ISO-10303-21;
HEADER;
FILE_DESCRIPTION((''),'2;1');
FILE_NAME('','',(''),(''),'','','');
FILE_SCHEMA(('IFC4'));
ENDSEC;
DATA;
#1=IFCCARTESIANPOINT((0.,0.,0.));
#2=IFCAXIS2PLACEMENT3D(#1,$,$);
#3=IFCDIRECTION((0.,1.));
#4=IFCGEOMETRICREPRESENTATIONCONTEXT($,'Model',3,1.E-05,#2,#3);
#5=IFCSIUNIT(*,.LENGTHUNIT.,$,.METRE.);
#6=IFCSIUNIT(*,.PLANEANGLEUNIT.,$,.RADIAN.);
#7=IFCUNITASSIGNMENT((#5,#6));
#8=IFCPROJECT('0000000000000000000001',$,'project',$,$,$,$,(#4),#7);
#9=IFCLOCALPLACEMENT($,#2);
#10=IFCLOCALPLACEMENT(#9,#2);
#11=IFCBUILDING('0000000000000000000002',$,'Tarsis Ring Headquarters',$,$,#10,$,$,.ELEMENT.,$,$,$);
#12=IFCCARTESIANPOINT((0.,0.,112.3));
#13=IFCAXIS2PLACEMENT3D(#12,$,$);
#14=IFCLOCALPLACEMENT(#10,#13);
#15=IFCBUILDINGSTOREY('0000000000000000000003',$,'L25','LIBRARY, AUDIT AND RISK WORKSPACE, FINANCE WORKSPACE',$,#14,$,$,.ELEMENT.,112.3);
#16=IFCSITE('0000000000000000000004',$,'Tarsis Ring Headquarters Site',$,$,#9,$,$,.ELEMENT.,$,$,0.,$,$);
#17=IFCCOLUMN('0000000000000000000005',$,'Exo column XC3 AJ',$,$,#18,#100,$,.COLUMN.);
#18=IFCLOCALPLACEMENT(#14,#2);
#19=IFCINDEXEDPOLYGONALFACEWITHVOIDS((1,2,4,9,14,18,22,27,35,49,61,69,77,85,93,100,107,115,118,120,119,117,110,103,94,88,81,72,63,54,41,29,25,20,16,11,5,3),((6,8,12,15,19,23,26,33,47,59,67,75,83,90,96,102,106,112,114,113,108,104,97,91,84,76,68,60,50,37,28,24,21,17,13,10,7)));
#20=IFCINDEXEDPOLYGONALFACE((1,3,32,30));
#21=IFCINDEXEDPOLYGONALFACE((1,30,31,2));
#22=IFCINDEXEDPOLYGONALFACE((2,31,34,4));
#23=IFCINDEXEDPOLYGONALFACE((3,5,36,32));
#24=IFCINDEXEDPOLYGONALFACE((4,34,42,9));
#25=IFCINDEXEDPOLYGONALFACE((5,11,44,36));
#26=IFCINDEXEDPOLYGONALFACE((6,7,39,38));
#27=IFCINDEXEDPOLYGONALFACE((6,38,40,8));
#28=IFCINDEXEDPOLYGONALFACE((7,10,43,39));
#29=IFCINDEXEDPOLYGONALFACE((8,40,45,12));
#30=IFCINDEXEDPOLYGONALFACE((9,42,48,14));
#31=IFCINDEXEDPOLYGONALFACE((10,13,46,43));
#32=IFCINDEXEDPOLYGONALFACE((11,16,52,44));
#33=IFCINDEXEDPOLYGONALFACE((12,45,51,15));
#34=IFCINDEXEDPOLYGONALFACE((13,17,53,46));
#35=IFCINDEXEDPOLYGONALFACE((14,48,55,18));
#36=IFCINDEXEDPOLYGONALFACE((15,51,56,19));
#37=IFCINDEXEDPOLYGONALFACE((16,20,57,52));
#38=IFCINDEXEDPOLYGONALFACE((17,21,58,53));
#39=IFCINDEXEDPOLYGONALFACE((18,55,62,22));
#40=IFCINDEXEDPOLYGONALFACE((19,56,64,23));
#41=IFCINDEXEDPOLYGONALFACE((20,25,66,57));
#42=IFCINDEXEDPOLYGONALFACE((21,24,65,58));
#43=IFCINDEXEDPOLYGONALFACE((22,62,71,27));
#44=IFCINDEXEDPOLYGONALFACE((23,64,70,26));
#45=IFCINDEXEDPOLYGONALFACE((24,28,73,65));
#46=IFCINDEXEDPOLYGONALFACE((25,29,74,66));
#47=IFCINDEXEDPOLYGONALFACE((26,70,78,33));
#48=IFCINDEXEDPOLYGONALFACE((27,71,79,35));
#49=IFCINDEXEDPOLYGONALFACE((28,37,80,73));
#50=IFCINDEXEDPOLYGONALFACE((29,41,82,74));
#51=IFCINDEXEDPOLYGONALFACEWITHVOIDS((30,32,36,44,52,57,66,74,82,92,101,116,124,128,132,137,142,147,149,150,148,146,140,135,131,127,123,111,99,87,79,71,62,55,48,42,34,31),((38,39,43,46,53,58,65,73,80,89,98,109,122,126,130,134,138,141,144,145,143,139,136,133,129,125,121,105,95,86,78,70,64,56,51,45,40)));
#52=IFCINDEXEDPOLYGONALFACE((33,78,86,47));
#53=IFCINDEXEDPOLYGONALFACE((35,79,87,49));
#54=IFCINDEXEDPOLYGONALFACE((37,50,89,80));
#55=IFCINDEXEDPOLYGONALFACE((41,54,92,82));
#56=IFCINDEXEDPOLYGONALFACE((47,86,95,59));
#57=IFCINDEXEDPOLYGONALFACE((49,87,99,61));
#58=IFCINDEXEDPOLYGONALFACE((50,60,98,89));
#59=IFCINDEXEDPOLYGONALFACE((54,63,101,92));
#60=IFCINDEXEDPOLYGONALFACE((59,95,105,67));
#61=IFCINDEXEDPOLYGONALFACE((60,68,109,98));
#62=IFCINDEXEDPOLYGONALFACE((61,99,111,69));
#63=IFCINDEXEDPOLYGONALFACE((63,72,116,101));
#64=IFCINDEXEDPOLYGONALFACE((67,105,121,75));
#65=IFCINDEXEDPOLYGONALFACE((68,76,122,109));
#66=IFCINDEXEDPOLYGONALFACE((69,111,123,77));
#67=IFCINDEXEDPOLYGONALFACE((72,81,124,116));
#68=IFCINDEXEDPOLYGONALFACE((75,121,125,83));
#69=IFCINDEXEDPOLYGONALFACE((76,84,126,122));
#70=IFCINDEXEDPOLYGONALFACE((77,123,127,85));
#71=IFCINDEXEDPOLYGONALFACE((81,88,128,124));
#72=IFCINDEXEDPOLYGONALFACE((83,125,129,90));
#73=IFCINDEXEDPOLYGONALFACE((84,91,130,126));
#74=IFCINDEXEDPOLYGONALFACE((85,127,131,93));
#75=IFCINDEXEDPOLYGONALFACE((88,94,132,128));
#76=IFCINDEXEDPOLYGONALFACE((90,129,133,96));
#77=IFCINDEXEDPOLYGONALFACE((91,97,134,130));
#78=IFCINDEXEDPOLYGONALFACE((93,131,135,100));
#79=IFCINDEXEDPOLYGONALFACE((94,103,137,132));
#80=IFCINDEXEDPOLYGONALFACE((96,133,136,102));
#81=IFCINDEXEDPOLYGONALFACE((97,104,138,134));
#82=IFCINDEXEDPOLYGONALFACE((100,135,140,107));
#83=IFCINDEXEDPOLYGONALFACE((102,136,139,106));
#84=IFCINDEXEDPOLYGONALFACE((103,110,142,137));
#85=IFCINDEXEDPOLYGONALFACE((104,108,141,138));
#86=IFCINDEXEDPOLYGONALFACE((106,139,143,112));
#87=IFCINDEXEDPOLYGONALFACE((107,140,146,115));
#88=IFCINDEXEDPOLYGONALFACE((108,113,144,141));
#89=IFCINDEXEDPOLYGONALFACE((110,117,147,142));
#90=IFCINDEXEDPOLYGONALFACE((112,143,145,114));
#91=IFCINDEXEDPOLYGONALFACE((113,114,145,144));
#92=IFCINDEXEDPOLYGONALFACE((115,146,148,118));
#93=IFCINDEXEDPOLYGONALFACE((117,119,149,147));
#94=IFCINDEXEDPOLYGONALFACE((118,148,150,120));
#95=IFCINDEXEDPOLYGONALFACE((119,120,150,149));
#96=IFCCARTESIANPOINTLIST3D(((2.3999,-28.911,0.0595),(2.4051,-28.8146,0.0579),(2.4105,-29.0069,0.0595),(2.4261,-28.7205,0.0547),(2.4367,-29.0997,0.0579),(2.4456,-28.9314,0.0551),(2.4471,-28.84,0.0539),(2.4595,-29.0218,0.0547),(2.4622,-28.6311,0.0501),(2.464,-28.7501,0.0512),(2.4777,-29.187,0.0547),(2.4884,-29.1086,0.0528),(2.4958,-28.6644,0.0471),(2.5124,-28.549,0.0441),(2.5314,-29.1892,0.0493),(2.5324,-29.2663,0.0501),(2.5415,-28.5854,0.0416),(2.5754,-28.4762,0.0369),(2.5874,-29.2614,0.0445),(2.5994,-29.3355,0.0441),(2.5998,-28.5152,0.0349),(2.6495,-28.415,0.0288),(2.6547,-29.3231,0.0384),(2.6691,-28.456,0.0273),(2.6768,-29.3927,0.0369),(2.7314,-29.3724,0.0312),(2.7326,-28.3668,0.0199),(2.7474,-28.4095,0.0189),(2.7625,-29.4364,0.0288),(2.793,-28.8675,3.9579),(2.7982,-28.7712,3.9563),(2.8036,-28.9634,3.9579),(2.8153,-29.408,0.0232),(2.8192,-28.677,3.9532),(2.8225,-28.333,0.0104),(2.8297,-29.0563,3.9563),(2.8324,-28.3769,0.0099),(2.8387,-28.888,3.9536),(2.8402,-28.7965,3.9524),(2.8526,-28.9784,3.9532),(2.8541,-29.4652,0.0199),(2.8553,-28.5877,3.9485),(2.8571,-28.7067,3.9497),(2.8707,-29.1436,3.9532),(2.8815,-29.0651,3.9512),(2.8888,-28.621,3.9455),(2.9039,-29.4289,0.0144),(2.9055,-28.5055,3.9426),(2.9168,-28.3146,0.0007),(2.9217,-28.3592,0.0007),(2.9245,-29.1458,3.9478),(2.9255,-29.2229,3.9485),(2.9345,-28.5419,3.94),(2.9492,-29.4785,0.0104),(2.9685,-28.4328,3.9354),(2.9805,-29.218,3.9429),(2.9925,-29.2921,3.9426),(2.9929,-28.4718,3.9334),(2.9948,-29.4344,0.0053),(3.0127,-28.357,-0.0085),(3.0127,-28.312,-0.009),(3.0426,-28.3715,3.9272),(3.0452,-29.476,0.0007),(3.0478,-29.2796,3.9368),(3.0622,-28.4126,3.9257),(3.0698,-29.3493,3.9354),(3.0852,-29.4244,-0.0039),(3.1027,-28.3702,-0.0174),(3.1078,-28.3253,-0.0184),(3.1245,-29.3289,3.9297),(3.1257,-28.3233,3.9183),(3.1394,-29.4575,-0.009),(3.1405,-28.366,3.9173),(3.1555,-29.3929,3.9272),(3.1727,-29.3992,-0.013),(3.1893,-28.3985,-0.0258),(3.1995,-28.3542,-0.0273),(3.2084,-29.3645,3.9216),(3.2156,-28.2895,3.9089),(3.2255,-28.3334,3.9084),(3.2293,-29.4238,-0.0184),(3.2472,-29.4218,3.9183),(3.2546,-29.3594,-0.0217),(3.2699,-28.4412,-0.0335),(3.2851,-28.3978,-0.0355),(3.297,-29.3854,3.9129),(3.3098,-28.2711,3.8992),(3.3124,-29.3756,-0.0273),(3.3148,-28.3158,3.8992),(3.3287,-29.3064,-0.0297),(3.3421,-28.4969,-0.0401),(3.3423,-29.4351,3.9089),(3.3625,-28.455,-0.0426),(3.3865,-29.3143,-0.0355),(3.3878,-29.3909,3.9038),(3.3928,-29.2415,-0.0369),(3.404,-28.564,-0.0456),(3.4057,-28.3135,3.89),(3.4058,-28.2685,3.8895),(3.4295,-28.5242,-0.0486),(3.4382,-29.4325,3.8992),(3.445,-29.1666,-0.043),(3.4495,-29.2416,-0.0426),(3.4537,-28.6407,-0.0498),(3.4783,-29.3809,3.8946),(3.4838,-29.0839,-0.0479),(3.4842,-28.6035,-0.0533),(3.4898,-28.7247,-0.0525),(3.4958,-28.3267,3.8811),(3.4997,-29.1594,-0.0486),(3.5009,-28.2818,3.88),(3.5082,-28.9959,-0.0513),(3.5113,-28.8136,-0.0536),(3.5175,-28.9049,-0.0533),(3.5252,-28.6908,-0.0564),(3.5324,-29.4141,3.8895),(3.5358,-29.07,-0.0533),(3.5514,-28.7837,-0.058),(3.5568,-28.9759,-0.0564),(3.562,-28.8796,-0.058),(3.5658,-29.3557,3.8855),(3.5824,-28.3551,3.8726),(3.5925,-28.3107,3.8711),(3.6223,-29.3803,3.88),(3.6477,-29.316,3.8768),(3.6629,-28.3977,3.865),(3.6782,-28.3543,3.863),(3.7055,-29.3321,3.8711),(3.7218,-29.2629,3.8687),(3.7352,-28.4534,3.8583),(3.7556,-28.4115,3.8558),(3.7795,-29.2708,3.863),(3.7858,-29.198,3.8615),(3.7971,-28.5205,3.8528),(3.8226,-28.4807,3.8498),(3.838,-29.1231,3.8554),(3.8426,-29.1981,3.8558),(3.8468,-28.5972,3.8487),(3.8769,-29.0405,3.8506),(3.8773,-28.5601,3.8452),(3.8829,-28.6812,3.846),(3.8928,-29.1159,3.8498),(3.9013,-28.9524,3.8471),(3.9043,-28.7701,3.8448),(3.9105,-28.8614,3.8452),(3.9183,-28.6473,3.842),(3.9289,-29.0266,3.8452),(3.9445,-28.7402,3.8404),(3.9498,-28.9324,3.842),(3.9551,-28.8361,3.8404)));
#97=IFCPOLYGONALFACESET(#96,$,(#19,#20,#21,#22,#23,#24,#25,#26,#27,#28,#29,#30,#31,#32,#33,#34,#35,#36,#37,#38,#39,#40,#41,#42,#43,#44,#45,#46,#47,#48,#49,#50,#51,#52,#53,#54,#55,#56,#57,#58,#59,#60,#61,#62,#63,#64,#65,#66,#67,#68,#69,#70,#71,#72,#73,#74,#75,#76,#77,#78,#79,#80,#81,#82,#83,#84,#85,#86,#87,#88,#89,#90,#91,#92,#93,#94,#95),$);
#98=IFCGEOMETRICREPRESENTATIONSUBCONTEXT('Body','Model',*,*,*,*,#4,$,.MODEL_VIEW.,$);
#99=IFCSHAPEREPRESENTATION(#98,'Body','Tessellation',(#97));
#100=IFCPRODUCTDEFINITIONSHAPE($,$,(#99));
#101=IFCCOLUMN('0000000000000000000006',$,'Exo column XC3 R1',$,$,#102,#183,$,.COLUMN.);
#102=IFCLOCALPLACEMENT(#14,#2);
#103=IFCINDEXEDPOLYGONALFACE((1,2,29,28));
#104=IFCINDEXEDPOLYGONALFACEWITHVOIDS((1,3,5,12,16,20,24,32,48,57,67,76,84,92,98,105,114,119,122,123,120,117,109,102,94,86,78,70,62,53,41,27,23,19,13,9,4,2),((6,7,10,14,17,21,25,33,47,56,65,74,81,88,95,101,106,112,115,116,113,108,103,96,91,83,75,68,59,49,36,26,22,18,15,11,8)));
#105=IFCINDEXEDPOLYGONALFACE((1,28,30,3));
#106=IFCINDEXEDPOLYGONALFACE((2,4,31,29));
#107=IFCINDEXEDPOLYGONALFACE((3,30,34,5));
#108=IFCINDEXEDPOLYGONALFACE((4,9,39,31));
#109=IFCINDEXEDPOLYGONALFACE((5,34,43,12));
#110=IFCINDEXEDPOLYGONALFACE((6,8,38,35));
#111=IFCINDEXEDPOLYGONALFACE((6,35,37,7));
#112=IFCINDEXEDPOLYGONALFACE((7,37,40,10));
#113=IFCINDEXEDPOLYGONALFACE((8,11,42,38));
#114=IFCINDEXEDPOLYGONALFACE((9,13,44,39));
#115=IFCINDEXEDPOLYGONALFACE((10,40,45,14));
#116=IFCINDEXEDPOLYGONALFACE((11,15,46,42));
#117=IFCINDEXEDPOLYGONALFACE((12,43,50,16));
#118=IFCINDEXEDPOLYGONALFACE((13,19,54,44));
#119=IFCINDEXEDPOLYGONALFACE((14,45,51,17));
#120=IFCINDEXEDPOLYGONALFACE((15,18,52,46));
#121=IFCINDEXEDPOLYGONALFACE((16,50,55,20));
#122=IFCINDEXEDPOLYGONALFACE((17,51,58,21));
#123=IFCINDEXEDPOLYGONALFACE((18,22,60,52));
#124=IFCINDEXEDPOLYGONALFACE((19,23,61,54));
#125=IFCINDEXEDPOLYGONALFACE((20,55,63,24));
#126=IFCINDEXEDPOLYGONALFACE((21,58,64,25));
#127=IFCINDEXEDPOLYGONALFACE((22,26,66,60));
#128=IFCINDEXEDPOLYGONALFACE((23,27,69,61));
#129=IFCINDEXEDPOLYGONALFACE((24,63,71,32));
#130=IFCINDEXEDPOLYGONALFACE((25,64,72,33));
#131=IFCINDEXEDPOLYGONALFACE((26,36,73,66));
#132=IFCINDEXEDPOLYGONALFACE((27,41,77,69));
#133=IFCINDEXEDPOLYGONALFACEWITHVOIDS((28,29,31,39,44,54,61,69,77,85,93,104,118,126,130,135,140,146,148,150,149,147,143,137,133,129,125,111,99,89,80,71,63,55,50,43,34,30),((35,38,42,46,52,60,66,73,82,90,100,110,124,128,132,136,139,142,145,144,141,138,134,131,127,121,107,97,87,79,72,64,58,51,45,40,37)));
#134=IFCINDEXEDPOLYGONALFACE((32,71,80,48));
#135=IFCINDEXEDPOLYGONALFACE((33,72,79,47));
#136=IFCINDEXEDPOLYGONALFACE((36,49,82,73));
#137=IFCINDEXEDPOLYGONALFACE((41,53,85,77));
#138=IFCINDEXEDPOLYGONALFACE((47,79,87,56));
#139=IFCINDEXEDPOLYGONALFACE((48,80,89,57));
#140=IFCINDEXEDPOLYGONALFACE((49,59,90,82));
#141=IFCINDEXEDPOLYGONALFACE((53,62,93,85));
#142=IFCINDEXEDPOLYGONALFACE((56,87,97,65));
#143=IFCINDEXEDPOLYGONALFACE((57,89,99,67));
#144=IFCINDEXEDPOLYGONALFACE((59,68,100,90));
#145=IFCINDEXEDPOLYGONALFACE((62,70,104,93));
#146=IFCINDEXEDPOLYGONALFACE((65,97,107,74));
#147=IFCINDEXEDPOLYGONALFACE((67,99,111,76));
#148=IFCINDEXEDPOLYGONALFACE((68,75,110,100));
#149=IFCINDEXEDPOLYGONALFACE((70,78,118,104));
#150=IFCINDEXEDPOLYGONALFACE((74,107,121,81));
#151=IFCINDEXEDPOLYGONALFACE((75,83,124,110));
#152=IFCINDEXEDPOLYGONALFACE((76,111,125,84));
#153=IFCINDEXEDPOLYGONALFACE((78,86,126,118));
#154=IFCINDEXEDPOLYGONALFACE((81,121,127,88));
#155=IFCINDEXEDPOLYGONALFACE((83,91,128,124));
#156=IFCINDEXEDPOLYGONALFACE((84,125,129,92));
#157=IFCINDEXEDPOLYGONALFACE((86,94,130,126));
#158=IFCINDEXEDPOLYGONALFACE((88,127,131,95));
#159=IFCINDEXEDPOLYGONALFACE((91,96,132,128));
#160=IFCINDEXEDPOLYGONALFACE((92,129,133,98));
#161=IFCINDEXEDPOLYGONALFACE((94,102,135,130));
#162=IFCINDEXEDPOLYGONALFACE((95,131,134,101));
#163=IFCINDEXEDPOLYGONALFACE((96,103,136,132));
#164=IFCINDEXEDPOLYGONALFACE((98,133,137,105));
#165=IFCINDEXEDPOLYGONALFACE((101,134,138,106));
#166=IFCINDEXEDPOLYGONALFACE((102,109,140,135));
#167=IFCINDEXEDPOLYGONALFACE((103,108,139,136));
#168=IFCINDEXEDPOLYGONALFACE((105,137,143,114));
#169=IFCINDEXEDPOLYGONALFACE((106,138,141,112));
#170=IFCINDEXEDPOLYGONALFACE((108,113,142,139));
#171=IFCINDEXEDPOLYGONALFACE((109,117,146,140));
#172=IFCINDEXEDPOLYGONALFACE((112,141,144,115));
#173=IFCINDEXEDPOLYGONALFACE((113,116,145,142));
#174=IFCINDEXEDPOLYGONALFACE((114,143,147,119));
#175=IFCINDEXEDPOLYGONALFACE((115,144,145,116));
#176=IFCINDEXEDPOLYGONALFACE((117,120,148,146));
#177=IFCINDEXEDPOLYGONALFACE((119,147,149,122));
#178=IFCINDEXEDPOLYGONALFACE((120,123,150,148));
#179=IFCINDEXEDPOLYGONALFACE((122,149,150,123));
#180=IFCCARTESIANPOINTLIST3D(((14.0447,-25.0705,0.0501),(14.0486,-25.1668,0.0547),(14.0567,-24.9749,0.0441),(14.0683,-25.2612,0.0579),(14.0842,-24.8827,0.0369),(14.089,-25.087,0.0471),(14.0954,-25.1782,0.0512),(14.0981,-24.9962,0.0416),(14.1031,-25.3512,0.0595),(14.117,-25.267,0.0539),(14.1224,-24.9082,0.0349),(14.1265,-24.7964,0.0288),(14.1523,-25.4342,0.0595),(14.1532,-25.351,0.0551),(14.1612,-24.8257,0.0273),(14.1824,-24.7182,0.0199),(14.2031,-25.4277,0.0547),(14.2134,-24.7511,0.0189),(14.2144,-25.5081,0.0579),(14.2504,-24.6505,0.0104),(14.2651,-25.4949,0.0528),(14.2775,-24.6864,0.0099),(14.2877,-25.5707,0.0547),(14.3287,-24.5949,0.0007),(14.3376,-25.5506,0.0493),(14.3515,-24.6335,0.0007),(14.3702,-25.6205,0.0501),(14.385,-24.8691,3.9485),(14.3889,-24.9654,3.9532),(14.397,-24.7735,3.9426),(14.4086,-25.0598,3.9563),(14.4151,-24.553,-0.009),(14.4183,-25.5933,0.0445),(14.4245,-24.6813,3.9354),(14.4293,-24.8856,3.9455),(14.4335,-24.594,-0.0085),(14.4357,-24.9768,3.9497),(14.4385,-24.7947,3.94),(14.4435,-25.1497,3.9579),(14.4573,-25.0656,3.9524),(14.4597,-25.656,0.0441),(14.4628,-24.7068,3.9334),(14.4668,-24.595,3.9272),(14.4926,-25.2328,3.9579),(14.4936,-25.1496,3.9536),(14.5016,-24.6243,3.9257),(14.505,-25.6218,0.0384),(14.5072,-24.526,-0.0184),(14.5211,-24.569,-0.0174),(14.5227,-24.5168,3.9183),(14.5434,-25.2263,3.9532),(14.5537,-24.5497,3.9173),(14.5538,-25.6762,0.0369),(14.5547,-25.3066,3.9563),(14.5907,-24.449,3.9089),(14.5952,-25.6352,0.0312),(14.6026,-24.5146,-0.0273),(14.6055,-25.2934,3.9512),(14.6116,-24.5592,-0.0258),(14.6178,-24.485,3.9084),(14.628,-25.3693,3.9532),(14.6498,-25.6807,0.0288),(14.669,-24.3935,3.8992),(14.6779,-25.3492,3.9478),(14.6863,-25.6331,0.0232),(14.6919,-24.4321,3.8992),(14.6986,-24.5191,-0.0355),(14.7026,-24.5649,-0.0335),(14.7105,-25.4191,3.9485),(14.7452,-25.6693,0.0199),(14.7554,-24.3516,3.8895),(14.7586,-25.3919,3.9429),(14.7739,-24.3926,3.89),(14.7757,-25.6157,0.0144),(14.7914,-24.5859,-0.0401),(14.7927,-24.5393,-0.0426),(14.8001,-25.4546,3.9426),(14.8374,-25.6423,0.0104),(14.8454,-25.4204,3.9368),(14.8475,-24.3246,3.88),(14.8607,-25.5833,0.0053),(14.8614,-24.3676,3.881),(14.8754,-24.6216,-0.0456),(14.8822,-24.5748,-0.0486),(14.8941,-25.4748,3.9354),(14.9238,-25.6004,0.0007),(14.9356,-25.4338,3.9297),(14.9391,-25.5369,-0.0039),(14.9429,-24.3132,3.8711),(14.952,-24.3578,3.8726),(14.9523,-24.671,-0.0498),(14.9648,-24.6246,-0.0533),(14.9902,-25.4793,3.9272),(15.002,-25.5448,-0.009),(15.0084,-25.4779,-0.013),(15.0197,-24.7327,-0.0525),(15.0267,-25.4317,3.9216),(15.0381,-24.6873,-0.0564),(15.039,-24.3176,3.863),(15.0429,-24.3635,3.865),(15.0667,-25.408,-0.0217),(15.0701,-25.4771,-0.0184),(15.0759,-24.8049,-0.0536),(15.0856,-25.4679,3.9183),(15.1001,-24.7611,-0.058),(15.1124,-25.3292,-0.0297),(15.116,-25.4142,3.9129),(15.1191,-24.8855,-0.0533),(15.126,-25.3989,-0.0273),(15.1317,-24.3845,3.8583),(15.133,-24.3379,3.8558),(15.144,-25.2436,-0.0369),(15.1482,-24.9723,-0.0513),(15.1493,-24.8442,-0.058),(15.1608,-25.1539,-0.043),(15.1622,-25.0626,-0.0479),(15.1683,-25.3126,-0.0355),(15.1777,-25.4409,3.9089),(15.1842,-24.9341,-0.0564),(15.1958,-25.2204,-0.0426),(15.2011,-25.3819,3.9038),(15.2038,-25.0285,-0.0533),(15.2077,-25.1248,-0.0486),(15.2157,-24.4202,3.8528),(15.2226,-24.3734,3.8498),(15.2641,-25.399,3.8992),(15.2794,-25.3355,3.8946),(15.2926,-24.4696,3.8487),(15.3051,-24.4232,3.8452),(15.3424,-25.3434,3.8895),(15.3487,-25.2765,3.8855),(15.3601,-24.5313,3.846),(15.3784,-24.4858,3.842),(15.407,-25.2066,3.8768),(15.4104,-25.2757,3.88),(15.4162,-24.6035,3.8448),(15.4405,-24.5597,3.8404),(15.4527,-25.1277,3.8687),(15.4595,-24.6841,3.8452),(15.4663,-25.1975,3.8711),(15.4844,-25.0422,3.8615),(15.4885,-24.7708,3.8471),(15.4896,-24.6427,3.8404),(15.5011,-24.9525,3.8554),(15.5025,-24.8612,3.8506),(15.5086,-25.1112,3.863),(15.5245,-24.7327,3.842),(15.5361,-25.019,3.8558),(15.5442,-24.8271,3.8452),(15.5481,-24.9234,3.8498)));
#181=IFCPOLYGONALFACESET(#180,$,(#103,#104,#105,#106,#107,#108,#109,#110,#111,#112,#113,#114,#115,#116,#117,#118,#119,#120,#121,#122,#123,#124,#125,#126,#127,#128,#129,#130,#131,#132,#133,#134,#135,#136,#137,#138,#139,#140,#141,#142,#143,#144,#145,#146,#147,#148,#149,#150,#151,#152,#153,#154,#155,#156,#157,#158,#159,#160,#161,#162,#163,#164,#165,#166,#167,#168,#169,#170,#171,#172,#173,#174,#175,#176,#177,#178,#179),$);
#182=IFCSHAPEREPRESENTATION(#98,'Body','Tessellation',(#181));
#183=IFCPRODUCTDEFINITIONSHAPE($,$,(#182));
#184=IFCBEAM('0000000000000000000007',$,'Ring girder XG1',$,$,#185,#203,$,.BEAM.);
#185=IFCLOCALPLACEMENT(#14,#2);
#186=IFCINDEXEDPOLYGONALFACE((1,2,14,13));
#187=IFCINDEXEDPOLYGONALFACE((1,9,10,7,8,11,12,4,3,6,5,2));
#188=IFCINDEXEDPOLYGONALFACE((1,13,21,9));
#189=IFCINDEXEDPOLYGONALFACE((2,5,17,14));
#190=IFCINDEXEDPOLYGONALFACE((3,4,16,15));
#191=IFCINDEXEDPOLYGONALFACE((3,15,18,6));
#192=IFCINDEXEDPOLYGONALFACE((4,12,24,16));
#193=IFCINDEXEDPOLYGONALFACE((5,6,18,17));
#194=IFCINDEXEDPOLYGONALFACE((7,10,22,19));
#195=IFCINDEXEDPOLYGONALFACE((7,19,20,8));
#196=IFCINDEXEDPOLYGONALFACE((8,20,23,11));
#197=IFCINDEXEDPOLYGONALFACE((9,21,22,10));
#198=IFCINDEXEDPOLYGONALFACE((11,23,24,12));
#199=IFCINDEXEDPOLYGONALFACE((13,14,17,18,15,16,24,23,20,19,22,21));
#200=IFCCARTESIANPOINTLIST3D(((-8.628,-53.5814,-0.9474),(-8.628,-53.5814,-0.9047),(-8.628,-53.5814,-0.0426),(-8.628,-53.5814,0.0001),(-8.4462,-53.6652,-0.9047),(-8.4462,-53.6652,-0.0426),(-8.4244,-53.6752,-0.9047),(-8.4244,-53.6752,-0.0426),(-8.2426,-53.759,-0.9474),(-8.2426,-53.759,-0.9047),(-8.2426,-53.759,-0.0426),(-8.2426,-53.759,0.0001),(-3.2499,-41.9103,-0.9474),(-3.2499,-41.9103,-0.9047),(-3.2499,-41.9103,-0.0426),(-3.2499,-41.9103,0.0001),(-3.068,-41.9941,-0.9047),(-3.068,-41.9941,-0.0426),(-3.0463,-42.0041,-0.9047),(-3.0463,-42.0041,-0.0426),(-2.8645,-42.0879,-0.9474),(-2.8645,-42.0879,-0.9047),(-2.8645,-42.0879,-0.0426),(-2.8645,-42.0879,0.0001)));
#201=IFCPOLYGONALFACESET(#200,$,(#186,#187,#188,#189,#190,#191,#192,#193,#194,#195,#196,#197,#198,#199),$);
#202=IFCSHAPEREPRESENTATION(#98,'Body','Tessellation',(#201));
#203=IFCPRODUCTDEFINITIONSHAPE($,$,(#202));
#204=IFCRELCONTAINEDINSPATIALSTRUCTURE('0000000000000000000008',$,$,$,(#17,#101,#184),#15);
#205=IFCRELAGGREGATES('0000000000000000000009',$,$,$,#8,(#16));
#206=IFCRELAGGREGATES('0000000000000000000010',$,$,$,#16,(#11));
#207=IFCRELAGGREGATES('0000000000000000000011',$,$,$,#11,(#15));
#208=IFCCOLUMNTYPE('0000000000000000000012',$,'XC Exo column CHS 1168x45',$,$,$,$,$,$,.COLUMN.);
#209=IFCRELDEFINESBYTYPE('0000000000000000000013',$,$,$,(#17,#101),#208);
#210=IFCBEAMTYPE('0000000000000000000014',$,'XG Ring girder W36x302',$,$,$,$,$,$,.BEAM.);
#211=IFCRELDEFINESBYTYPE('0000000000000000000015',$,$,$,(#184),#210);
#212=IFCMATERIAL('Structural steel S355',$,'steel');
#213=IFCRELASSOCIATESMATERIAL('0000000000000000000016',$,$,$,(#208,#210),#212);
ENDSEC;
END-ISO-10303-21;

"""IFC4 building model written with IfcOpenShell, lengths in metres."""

from ifc_helpers import new_model, si_unit, direction, frame, origin, origin_2d, place, context, subcontext, project, spatial, hollow_circle, i_section, extrude, material, material_profile, profile_set, type_object, element, save


model = new_model("IFC4")

# Units and contexts
model_context = context("Model", 3, precision=1e-05, world=origin(), true_north=direction((0.0, 1.0)))
body_context = subcontext(model_context, "Body", "Model", "MODEL_VIEW")
ifc_project = project(units=[si_unit("LENGTHUNIT", "METRE"), si_unit("PLANEANGLEUNIT", "RADIAN")], contexts=[model_context])

# Site, building, storey
site_placement = place(None, origin())
site = spatial("IfcSite", under=ifc_project, at=site_placement, Name="Tarsis Ring Headquarters Site", CompositionType="ELEMENT", RefElevation=0.0)
building_placement = place(site_placement, origin())
building = spatial("IfcBuilding", under=site, at=building_placement, Name="Tarsis Ring Headquarters", CompositionType="ELEMENT")
storey_placement = place(building_placement, frame((0.0, 0.0, 112.3)))
storey = spatial("IfcBuildingStorey", under=building, at=storey_placement, Name="L25", Description="LIBRARY, AUDIT AND RISK WORKSPACE, FINANCE WORKSPACE", CompositionType="ELEMENT", Elevation=112.3)

# Columns
ifc_material_1 = material(Name="Structural steel S355", Category="steel")
ifc_material_profile_1 = material_profile(ifc_material_1, hollow_circle(Radius=0.5842, WallThickness=0.0449, at=origin_2d()), Name="CHS 1168x45")
ifc_profile_set_1 = profile_set([ifc_material_profile_1], Name="Structural steel S355")
column_type = type_object("IfcColumnType", Name="XC Exo column CHS 1168x45", PredefinedType="COLUMN", material=ifc_profile_set_1)
for number, where, z_axis, x_axis, name in (
    (1, (2.981, -28.8953, 0.0007), (0.100312, 0.01109, 0.994894), (-0.109889, 0.993944, 0.0), "Exo column XC3 AJ"),
    (2, (14.6262, -25.0977, 0.0007), (0.086854, 0.051402, 0.994894), (-0.509312, 0.860582, 0.0), "Exo column XC3 R1"),
):
    element("IfcColumn", number, at=place(storey_placement, frame(where, z_axis=z_axis, x_axis=x_axis)), inside=storey, type_object=column_type, Name=name, PredefinedType="COLUMN", context=body_context, shape_type="SweptSolid", body=[
        extrude(hollow_circle(Radius=0.5842, WallThickness=0.0449, at=origin_2d()), origin(), (0.0, 0.0, 1.0), 3.9185),
    ])

# Beam
ifc_material_profile_2 = material_profile(ifc_material_1, i_section(OverallWidth=0.4243, OverallDepth=0.9475, WebThickness=0.0239, FlangeThickness=0.0427, at=origin_2d()), Name="W36x302")
ifc_profile_set_2 = profile_set([ifc_material_profile_2], Name="Structural steel S355")
beam_type = type_object("IfcBeamType", Name="XG Ring girder W36x302", PredefinedType="BEAM", material=ifc_profile_set_2)
beam_1_placement = place(storey_placement, frame((-8.4353, -53.6702, -0.4736), z_axis=(0.418512, 0.908211, 0.0), x_axis=(-0.908211, 0.418512, 0.0)))
element("IfcBeam", 3, at=beam_1_placement, inside=storey, type_object=beam_type, Name="Ring girder XG1", PredefinedType="BEAM", context=body_context, shape_type="SweptSolid", body=[
    extrude(i_section(OverallWidth=0.4243, OverallDepth=0.9475, WebThickness=0.0239, FlangeThickness=0.0427, at=origin_2d()), origin(), (0.0, 0.0, 1.0), 12.8506),
])

save(model, "model.ifc")
